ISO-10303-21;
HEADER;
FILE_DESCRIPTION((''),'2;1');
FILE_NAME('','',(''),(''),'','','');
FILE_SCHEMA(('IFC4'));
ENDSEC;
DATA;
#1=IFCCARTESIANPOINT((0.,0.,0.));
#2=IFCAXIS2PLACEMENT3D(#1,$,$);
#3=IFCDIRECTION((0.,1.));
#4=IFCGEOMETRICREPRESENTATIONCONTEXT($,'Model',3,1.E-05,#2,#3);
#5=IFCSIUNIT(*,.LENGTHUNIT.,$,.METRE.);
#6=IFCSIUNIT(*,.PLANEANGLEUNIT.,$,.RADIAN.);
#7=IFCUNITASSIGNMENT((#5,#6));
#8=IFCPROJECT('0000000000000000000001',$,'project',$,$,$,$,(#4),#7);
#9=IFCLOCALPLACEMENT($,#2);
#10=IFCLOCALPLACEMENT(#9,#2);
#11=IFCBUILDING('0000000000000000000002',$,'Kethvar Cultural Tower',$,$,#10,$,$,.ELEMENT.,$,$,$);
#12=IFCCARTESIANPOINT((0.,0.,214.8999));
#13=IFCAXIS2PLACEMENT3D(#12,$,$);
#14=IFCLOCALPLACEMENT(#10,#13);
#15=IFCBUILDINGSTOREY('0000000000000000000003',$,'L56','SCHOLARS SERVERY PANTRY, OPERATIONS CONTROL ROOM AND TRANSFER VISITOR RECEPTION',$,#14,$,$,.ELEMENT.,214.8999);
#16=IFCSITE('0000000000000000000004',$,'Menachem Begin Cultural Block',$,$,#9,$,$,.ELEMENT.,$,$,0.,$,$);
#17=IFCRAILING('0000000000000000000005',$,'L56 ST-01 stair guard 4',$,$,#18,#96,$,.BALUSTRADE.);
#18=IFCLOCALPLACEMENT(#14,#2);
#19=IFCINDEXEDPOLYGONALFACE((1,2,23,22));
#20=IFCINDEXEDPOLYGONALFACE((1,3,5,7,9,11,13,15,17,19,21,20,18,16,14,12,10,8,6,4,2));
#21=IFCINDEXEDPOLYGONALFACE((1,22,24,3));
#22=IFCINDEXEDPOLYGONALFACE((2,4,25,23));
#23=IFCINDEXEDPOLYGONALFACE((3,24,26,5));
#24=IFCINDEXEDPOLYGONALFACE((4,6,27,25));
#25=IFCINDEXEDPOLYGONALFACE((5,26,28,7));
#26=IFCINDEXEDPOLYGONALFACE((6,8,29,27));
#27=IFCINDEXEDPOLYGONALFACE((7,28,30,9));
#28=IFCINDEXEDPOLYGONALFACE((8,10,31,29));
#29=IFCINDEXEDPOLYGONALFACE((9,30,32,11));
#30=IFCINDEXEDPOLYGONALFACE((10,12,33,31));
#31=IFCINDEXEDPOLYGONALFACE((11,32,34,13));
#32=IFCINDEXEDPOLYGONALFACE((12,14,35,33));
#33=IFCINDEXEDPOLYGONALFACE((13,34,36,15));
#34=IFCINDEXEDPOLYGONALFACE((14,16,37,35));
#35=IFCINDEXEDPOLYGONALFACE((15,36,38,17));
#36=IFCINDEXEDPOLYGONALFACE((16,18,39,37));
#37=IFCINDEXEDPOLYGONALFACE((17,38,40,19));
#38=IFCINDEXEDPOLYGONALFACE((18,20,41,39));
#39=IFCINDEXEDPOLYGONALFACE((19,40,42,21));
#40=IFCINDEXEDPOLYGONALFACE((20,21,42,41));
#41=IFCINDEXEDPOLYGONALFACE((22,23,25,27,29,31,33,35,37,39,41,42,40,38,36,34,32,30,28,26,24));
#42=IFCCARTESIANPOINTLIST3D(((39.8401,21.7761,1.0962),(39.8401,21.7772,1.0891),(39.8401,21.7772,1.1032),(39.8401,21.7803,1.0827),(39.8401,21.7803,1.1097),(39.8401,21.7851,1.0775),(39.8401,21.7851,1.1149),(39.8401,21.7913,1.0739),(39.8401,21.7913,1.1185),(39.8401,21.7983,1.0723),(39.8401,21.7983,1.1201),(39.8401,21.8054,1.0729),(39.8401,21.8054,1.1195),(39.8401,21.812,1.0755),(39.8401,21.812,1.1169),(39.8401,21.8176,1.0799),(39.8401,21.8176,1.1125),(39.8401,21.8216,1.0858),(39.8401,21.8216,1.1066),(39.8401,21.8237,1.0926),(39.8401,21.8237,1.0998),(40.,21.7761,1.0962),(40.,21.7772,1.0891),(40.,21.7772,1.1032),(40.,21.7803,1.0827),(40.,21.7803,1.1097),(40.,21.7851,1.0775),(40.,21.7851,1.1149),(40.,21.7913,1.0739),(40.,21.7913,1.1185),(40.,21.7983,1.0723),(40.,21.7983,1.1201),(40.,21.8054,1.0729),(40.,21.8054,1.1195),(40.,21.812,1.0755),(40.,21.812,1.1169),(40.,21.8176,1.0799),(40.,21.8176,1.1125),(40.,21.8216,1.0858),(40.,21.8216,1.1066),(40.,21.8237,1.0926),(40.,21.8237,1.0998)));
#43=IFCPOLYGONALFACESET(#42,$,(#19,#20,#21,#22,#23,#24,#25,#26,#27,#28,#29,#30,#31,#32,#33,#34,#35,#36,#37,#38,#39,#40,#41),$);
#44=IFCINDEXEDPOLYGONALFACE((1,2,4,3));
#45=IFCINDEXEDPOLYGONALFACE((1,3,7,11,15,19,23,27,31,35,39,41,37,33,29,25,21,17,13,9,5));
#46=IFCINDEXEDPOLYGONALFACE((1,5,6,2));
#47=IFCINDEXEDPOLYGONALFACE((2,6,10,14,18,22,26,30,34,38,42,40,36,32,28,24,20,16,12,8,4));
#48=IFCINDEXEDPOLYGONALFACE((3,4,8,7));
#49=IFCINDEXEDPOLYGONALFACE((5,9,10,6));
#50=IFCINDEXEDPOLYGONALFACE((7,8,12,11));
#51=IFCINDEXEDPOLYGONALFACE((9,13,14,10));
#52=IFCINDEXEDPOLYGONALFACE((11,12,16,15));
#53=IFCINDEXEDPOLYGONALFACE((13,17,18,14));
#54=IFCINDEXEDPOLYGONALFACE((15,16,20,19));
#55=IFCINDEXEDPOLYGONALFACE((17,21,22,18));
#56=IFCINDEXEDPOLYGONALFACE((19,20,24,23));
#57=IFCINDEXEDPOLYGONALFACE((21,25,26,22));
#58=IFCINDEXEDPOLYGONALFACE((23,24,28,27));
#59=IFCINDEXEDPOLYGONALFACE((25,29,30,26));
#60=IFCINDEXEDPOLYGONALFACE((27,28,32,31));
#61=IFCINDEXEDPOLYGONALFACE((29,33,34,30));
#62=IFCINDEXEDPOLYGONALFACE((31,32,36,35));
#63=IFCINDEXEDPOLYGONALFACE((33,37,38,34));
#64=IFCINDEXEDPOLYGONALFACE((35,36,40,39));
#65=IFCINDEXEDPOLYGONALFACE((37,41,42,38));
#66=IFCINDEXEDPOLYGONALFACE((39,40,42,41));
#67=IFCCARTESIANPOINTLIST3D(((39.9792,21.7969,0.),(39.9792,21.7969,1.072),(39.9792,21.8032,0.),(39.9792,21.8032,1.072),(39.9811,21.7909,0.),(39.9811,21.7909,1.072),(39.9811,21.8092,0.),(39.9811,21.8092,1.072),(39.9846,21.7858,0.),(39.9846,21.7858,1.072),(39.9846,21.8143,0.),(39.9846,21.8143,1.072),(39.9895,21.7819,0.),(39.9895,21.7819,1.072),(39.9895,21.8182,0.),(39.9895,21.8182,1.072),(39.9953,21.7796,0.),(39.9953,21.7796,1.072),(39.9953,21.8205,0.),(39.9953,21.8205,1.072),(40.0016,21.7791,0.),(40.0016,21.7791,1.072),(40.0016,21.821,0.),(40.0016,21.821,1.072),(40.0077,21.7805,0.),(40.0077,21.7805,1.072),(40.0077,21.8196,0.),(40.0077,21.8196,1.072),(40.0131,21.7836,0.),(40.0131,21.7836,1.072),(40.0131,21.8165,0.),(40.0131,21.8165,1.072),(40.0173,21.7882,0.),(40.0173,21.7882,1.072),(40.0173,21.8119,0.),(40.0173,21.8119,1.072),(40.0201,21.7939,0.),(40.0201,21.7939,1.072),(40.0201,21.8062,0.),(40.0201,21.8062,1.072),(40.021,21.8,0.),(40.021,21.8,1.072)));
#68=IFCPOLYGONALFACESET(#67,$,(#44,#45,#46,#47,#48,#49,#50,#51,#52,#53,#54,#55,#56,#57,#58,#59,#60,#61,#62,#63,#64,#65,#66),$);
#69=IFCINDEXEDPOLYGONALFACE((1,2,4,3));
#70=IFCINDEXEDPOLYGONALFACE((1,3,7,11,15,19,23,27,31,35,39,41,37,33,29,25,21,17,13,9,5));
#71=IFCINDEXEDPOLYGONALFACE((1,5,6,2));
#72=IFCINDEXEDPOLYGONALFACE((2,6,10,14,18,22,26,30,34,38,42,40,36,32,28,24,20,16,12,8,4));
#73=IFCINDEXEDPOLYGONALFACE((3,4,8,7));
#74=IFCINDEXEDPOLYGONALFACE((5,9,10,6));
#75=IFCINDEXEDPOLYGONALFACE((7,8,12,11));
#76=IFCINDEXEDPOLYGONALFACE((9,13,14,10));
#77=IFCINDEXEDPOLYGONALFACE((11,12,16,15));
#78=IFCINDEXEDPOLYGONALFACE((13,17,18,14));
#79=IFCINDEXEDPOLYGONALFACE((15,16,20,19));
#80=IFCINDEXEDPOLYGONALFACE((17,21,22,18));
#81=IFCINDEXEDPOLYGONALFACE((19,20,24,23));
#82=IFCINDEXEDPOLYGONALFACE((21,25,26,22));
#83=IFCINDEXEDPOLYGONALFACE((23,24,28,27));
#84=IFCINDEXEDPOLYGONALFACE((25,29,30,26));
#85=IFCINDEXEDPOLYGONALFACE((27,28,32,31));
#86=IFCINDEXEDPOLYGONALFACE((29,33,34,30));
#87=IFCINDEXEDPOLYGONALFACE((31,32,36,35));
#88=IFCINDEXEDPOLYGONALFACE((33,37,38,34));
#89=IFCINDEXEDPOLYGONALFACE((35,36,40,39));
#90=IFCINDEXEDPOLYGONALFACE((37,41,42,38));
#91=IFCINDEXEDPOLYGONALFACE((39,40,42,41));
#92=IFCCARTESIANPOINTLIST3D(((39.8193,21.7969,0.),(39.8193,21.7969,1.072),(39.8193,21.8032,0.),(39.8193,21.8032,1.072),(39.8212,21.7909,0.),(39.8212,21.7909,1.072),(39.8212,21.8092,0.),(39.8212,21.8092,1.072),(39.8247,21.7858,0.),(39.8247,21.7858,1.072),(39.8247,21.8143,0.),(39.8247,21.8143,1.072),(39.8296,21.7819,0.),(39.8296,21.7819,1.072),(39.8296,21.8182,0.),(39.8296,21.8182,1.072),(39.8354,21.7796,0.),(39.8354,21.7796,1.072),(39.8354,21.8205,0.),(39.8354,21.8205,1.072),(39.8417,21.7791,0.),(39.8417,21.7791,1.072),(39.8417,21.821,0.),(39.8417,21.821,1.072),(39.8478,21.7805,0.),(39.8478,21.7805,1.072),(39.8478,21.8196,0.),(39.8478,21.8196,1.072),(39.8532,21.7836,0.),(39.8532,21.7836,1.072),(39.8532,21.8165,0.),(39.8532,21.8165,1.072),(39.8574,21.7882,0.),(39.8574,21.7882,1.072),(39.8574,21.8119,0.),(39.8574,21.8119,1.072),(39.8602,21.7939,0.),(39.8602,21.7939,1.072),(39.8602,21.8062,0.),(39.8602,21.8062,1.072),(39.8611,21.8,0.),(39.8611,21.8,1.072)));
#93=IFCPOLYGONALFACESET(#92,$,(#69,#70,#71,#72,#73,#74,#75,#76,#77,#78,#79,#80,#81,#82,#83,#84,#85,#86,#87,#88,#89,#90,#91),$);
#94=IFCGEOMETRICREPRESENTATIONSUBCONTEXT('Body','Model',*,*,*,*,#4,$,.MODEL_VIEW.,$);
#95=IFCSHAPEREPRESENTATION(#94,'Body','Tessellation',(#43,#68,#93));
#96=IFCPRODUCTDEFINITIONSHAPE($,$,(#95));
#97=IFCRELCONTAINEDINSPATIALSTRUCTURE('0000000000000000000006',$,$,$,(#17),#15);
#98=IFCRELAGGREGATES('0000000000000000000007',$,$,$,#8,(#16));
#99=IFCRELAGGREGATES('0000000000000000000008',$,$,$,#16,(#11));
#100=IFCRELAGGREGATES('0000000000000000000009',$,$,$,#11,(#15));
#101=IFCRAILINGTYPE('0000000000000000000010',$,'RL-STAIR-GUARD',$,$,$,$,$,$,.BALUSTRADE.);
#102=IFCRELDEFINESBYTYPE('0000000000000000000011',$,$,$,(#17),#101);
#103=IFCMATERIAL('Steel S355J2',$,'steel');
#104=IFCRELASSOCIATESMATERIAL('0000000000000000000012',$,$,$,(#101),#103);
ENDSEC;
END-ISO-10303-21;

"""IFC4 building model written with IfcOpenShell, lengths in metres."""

from ifc_helpers import new_model, si_unit, direction, frame, origin, origin_2d, place, context, subcontext, project, spatial, circle, extrude, material, type_object, element, save


model = new_model("IFC4")

# Units and contexts
model_context = context("Model", 3, precision=1e-05, world=origin(), true_north=direction((0.0, 1.0)))
body_context = subcontext(model_context, "Body", "Model", "MODEL_VIEW")
ifc_project = project(units=[si_unit("LENGTHUNIT", "METRE"), si_unit("PLANEANGLEUNIT", "RADIAN")], contexts=[model_context])

# Site, building, storey
site_placement = place(None, origin())
site = spatial("IfcSite", under=ifc_project, at=site_placement, Name="Menachem Begin Cultural Block", CompositionType="ELEMENT", RefElevation=0.0)
building_placement = place(site_placement, origin())
building = spatial("IfcBuilding", under=site, at=building_placement, Name="Kethvar Cultural Tower", CompositionType="ELEMENT")
storey_placement = place(building_placement, frame((0.0, 0.0, 214.8999)))
storey = spatial("IfcBuildingStorey", under=building, at=storey_placement, Name="L56", Description="SCHOLARS SERVERY PANTRY, OPERATIONS CONTROL ROOM AND TRANSFER VISITOR RECEPTION", CompositionType="ELEMENT", Elevation=214.8999)

# Shared definitions
ifc_material_1 = material(Name="Steel S355J2", Category="steel")

# Railing
railing_type_1 = type_object("IfcRailingType", Name="RL-STAIR-GUARD", PredefinedType="BALUSTRADE", material=ifc_material_1)
railing_1_placement = place(storey_placement, frame((40.0, 21.8, 0.0)))
element("IfcRailing", 1, at=railing_1_placement, inside=storey, type_object=railing_type_1, Name="L56 ST-01 stair guard 4", PredefinedType="BALUSTRADE", context=body_context, shape_type="SweptSolid", body=[
    extrude(circle(Radius=0.0239, at=origin_2d()), frame((0.0, 0.0, 1.0962), z_axis=(-1.0, 0.0, 0.0), x_axis=(0.0, -1.0, 0.0)), (0.0, 0.0, 1.0), 0.1599),
    extrude(circle(Radius=0.021, at=origin_2d()), origin(), (0.0, 0.0, 1.0), 1.072),
    extrude(circle(Radius=0.021, at=origin_2d()), frame((-0.1599, 0.0, 0.0)), (0.0, 0.0, 1.0), 1.072),
])

save(model, "model.ifc")
